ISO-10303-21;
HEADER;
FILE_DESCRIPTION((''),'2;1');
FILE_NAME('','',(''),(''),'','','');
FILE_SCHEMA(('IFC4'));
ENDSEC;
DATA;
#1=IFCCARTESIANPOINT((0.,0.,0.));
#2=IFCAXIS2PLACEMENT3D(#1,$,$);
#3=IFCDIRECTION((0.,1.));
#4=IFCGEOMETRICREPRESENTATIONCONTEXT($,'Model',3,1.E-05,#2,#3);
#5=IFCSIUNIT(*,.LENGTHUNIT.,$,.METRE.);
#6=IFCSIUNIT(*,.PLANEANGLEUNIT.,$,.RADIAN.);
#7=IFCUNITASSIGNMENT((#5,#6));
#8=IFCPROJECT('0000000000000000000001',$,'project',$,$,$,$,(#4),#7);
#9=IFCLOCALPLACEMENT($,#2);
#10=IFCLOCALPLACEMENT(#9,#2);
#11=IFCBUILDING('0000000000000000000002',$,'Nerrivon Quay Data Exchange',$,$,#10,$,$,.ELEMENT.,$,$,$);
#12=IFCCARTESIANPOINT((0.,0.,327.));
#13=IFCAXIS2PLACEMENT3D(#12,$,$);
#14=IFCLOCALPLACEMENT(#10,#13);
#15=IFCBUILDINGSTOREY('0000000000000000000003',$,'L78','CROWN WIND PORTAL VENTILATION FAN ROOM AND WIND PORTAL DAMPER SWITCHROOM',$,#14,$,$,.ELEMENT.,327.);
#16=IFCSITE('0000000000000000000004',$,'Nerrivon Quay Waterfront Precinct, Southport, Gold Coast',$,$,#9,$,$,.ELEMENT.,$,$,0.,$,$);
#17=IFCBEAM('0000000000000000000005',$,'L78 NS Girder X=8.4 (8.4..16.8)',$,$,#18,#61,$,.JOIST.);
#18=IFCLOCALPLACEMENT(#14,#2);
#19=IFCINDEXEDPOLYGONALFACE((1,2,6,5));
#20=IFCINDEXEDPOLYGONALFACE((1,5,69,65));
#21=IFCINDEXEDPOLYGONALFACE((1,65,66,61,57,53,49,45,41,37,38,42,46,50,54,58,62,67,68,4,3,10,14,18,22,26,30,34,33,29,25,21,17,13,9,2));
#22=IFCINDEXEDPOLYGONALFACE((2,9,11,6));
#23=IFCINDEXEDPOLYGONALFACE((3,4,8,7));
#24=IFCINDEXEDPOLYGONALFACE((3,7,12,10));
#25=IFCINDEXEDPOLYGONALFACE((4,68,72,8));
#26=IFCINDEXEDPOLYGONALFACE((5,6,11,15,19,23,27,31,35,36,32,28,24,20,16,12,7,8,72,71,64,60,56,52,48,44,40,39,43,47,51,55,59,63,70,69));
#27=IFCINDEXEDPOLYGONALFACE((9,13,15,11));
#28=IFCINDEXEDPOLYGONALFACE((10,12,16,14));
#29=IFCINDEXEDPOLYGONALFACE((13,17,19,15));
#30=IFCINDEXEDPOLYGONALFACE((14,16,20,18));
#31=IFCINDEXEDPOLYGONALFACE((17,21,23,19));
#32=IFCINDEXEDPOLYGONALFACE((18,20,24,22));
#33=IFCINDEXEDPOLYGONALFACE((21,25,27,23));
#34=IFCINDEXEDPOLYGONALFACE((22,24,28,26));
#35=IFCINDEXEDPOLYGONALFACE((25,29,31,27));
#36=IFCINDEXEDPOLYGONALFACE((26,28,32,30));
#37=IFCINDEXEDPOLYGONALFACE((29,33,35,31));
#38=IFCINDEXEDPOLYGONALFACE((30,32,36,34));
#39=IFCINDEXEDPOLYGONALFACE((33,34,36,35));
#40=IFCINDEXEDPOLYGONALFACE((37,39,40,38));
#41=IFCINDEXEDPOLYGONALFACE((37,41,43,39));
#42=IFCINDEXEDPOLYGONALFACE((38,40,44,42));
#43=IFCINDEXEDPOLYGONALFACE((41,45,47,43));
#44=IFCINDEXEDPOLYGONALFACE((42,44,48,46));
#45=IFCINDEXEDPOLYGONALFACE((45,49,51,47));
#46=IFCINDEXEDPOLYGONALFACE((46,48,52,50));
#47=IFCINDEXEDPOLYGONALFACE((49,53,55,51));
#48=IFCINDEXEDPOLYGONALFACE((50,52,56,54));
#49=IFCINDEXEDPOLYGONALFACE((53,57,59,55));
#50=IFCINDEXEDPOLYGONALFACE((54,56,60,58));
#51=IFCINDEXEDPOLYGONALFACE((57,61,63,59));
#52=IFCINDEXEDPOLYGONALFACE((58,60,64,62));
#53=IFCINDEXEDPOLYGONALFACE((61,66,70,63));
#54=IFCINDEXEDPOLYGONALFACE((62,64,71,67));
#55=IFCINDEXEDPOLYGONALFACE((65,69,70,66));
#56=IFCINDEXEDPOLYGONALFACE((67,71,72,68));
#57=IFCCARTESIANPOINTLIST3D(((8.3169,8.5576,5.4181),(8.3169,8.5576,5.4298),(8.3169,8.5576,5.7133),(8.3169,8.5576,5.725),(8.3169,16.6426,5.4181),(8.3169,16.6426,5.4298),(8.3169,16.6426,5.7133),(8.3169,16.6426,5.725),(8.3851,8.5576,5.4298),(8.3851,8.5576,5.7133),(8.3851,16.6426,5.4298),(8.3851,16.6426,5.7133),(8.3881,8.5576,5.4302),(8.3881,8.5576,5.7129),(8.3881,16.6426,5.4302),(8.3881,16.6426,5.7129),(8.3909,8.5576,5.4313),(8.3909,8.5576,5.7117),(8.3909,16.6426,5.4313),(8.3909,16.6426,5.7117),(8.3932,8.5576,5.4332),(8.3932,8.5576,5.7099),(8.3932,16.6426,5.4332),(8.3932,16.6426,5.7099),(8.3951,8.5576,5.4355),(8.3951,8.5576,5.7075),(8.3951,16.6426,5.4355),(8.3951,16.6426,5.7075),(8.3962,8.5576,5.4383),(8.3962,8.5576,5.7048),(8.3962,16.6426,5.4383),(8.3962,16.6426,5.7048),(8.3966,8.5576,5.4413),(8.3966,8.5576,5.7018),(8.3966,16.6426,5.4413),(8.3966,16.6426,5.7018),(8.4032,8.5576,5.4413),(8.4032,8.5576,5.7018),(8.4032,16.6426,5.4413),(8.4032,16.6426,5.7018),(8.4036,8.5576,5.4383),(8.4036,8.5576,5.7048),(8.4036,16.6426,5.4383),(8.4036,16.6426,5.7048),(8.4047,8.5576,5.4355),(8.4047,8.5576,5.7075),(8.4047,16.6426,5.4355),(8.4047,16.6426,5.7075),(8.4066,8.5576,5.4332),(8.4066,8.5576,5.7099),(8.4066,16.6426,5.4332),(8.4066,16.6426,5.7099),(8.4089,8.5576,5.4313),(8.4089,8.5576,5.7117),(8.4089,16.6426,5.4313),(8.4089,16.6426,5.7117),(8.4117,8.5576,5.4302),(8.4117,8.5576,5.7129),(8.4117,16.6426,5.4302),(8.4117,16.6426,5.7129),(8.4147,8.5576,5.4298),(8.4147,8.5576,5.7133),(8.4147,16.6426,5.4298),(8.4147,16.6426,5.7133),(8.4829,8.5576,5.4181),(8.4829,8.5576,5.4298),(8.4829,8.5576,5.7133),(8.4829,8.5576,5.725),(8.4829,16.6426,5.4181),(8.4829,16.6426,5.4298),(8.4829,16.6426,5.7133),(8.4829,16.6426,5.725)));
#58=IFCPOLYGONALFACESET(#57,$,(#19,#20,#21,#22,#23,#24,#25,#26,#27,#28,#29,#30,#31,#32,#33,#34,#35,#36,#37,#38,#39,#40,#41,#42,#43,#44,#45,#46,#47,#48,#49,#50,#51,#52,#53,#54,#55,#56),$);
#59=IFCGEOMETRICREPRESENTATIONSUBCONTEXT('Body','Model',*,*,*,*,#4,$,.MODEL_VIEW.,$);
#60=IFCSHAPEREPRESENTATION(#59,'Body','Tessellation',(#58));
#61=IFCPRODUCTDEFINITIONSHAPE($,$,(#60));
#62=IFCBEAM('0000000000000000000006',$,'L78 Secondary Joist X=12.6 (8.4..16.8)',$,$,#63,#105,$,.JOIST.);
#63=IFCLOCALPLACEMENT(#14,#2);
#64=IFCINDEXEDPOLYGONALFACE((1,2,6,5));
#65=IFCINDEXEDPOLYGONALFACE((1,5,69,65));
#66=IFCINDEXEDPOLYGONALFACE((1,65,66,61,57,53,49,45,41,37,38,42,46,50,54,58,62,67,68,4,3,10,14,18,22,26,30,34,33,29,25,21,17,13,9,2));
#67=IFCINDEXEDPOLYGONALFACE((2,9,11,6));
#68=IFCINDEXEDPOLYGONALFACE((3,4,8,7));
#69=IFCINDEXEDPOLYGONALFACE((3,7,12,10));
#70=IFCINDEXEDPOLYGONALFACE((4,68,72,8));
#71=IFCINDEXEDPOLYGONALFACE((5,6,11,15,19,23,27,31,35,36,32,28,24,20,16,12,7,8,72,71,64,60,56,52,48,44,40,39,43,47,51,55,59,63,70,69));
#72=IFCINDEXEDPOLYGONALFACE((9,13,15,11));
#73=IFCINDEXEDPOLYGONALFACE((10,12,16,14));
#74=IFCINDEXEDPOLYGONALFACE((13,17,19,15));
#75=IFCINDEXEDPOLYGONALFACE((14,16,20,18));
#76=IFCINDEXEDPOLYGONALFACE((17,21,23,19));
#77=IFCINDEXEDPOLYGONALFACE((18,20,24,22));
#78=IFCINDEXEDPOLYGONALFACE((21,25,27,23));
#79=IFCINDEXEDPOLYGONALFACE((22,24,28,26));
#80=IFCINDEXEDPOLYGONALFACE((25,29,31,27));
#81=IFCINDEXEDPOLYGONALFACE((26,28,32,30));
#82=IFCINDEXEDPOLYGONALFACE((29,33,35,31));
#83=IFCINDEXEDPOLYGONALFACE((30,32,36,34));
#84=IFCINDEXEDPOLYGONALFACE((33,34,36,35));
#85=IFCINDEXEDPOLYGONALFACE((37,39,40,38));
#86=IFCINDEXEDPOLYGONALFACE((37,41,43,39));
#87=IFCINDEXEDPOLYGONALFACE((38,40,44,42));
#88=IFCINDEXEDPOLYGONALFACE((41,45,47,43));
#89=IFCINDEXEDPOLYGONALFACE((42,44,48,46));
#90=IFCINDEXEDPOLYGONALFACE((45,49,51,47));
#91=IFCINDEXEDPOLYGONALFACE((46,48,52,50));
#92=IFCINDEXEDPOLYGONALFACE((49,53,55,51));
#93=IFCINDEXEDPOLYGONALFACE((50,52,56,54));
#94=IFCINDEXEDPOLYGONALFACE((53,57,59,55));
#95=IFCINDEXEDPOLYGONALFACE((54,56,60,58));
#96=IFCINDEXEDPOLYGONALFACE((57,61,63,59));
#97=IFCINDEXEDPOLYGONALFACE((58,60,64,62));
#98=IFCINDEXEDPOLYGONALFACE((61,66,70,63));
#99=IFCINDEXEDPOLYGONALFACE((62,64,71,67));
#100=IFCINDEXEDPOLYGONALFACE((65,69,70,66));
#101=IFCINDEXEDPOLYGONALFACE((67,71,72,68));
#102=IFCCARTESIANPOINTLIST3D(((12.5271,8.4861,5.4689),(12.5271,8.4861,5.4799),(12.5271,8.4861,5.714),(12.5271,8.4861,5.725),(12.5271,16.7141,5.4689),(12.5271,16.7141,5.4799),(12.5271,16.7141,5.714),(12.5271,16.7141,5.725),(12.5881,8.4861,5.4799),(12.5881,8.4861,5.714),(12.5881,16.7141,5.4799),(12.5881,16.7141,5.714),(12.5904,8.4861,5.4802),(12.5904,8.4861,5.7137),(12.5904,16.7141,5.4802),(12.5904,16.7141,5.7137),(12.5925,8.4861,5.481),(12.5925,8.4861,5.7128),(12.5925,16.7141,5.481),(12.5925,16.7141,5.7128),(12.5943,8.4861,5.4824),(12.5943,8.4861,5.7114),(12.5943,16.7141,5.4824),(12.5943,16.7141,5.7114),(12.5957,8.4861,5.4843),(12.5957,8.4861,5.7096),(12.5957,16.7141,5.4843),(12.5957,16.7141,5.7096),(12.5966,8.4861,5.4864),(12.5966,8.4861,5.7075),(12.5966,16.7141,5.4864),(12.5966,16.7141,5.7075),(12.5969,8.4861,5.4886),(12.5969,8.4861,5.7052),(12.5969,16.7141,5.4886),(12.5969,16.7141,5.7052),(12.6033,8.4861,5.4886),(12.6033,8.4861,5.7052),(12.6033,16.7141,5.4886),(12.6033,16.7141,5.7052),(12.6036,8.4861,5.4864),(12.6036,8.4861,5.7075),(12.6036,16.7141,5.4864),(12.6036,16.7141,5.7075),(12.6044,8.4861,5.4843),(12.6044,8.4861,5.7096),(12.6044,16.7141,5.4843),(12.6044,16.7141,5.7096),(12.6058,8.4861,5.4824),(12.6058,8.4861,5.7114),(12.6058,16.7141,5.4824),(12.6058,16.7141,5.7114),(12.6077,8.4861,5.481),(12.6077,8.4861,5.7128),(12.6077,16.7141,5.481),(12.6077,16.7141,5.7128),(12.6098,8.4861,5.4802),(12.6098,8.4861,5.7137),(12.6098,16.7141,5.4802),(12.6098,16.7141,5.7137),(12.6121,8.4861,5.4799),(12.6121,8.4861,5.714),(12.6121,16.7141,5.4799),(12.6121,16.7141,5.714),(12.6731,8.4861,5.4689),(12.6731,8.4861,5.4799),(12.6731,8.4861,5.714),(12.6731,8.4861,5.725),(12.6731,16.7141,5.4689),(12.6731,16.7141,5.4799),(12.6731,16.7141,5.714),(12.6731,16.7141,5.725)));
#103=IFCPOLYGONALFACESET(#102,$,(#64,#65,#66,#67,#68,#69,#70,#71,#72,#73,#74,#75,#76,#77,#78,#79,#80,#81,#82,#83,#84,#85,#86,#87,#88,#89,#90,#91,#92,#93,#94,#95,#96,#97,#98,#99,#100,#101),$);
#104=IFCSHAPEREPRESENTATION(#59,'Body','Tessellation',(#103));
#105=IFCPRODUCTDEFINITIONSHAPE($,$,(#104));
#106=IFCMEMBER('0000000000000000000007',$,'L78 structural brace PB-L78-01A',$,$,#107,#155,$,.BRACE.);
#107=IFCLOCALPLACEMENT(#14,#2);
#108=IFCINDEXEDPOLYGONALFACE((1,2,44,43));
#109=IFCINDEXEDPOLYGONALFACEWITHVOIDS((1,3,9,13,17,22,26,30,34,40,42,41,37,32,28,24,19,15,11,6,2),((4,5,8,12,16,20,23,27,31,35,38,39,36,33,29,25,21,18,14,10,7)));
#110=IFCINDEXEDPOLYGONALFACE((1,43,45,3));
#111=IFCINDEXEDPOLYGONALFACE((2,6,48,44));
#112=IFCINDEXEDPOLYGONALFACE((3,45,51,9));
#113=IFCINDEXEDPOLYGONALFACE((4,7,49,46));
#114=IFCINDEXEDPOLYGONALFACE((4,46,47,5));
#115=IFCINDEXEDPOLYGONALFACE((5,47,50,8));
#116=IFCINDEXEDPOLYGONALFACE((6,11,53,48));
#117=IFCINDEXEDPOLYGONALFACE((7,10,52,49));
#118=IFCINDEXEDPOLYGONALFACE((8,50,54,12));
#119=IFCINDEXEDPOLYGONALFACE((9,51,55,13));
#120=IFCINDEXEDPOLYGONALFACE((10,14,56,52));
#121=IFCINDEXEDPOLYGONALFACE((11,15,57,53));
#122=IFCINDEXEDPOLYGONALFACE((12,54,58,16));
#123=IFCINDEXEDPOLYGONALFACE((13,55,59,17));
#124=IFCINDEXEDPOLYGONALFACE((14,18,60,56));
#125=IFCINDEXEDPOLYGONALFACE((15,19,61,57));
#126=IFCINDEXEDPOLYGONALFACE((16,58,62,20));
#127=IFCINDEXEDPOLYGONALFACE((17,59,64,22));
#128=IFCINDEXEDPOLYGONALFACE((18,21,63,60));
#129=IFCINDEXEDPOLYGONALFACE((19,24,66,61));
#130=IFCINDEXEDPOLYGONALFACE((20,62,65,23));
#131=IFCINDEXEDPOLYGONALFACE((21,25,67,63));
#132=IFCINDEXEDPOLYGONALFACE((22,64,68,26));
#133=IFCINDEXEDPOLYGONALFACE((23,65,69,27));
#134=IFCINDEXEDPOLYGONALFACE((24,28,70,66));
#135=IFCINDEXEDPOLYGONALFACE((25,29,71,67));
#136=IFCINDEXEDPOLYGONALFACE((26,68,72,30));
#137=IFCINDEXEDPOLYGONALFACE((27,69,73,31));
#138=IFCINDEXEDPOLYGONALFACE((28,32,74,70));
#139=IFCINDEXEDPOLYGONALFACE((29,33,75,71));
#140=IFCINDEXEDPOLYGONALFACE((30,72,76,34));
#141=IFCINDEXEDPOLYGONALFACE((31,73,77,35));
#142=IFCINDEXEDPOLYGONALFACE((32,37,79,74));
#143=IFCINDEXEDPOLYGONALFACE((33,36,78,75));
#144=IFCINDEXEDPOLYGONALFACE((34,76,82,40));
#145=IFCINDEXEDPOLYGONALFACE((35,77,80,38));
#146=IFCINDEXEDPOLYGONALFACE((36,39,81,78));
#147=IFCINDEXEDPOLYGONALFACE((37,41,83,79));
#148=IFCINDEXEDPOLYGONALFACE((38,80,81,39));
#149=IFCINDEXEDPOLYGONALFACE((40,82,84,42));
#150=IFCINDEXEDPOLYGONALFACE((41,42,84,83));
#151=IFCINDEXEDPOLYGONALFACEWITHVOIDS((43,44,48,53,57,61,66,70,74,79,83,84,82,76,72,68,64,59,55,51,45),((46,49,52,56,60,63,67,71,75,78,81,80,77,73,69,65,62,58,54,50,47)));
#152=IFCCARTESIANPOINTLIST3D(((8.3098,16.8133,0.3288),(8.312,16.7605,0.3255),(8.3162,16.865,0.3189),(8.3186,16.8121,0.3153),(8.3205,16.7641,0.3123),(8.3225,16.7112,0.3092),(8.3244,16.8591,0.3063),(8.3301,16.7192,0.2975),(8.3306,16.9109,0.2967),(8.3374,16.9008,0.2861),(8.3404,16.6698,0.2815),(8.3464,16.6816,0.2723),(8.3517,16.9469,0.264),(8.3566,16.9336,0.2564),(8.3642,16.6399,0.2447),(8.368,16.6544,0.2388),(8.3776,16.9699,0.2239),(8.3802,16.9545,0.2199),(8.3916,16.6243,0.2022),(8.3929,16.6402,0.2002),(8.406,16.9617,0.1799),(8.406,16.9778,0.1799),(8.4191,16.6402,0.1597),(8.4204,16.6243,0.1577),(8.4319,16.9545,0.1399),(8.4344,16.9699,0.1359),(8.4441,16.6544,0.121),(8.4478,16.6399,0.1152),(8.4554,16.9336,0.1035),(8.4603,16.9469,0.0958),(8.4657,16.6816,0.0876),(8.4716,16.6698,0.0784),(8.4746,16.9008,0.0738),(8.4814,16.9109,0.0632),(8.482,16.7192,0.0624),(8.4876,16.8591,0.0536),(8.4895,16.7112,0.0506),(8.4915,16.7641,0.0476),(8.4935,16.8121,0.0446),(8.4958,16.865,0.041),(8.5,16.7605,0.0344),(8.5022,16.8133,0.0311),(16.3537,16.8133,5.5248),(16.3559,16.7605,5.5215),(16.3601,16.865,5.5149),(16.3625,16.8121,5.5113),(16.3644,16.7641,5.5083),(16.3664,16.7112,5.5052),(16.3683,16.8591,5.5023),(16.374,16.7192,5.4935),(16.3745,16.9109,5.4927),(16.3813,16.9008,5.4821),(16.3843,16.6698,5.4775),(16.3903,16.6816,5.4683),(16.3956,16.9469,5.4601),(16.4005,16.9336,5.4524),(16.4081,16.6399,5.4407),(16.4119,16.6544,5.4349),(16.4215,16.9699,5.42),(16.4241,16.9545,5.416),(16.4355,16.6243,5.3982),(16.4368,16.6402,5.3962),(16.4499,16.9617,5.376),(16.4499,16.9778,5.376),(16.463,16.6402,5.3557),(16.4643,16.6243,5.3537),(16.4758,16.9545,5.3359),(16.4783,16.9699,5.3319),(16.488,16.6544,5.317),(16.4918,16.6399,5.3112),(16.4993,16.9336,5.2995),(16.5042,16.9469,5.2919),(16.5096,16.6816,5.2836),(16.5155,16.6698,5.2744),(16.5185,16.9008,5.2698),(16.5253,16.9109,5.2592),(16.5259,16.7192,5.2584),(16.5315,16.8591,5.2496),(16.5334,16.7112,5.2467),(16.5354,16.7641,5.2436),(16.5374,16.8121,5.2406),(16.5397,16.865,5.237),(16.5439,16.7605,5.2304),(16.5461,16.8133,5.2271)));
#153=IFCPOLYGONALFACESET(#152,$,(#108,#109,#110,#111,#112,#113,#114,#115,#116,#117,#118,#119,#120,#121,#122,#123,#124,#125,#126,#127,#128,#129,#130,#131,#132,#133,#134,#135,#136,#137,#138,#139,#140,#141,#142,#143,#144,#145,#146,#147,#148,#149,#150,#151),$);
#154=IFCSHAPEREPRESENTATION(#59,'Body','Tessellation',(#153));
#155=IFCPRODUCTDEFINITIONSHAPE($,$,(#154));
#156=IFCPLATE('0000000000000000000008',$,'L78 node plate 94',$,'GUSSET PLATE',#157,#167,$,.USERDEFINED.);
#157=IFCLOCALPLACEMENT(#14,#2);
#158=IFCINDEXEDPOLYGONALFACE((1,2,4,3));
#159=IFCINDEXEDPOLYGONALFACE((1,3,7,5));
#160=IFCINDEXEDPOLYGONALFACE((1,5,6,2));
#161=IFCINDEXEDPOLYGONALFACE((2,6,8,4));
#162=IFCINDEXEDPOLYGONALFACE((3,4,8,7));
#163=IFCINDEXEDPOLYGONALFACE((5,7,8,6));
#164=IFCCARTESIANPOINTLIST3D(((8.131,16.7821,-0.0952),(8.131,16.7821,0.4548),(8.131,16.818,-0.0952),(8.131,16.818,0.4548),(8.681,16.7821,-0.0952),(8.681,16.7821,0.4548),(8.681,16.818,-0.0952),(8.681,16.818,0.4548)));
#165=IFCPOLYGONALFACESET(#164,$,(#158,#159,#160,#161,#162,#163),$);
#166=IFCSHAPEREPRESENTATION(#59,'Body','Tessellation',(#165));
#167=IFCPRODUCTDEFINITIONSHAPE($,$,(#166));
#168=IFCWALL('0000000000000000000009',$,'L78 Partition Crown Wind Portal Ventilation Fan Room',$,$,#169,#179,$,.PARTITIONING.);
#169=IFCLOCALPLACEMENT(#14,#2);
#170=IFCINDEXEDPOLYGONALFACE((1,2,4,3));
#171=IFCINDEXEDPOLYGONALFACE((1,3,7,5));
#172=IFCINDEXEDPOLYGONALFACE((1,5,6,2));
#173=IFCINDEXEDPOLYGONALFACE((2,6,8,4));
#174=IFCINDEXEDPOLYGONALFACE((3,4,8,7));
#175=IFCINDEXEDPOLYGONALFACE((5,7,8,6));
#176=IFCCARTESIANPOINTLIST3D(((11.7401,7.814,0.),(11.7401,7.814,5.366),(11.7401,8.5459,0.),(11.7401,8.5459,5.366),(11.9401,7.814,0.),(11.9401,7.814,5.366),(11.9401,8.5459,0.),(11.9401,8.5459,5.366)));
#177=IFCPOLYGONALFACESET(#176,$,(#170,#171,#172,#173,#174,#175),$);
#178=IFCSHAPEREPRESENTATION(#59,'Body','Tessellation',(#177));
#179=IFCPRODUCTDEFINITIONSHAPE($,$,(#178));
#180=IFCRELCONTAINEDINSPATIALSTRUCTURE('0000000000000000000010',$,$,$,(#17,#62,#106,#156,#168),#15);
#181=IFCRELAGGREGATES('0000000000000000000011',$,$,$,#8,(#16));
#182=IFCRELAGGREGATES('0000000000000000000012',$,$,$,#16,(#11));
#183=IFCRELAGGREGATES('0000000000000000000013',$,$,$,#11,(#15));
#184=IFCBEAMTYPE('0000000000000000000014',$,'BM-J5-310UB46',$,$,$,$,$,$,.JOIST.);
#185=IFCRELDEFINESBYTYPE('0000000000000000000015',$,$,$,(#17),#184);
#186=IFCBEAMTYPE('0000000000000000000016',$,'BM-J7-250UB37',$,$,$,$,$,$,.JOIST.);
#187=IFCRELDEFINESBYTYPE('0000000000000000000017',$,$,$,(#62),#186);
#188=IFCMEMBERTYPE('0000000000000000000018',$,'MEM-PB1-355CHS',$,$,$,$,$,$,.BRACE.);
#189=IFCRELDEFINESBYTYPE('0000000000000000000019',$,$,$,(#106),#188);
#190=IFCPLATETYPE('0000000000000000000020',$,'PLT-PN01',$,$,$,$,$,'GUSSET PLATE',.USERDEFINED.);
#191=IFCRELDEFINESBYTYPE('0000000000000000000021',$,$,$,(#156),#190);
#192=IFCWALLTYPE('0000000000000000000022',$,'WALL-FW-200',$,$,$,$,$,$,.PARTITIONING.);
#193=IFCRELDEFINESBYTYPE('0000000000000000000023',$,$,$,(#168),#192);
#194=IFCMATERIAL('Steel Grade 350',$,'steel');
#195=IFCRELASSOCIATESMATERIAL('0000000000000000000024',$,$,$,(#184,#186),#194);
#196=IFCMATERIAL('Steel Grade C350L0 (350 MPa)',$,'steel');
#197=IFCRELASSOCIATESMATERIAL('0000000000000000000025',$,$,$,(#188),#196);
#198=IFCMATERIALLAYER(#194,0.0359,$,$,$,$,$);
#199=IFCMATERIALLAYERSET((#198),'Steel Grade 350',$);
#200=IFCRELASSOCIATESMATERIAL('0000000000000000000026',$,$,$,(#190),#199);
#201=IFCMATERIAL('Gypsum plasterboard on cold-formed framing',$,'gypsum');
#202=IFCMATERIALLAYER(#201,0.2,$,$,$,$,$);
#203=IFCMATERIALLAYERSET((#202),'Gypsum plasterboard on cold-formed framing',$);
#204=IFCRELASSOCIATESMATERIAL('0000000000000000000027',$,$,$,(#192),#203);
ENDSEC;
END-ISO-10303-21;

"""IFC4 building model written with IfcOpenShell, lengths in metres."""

from ifc_helpers import new_model, si_unit, direction, frame, frame_2d, origin, origin_2d, place, context, subcontext, project, spatial, rectangle, hollow_circle, i_section, extrude, material, layer, layer_set, material_profile, profile_set, type_object, element, save


model = new_model("IFC4")

# Units and contexts
model_context = context("Model", 3, precision=1e-05, world=origin(), true_north=direction((0.0, 1.0)))
body_context = subcontext(model_context, "Body", "Model", "MODEL_VIEW")
ifc_project = project(units=[si_unit("LENGTHUNIT", "METRE"), si_unit("PLANEANGLEUNIT", "RADIAN")], contexts=[model_context])

# Site, building, storey
site_placement = place(None, origin())
site = spatial("IfcSite", under=ifc_project, at=site_placement, Name="Nerrivon Quay Waterfront Precinct, Southport, Gold Coast", CompositionType="ELEMENT", RefElevation=0.0)
building_placement = place(site_placement, origin())
building = spatial("IfcBuilding", under=site, at=building_placement, Name="Nerrivon Quay Data Exchange", CompositionType="ELEMENT")
storey_placement = place(building_placement, frame((0.0, 0.0, 327.0)))
storey = spatial("IfcBuildingStorey", under=building, at=storey_placement, Name="L78", Description="CROWN WIND PORTAL VENTILATION FAN ROOM AND WIND PORTAL DAMPER SWITCHROOM", CompositionType="ELEMENT", Elevation=327.0)

# Shared definitions
ifc_material_1 = material(Name="Steel Grade 350", Category="steel")

# Beams
ifc_material_profile_1 = material_profile(ifc_material_1, i_section(OverallWidth=0.166, OverallDepth=0.3069, WebThickness=0.0066, FlangeThickness=0.0117, FilletRadius=0.0115, at=origin_2d()), Name="310UB46.2")
ifc_profile_set_1 = profile_set([ifc_material_profile_1], Name="Steel Grade 350")
beam_type_1 = type_object("IfcBeamType", Name="BM-J5-310UB46", PredefinedType="JOIST", material=ifc_profile_set_1)
beam_1_placement = place(storey_placement, frame((8.3999, 8.5576, 5.5715), z_axis=(0.0, 1.0, 0.0), x_axis=(-1.0, 0.0, 0.0)))
element("IfcBeam", 1, at=beam_1_placement, inside=storey, type_object=beam_type_1, Name="L78 NS Girder X=8.4 (8.4..16.8)", PredefinedType="JOIST", context=body_context, shape_type="SweptSolid", body=[
    extrude(i_section(OverallWidth=0.166, OverallDepth=0.3069, WebThickness=0.0066, FlangeThickness=0.0117, FilletRadius=0.0115, at=origin_2d()), origin(), (0.0, 0.0, 1.0), 8.085),
])
ifc_material_profile_2 = material_profile(ifc_material_1, i_section(OverallWidth=0.146, OverallDepth=0.2561, WebThickness=0.0063, FlangeThickness=0.011, FilletRadius=0.0088, at=origin_2d()), Name="250UB37.3")
ifc_profile_set_2 = profile_set([ifc_material_profile_2], Name="Steel Grade 350")
beam_type_2 = type_object("IfcBeamType", Name="BM-J7-250UB37", PredefinedType="JOIST", material=ifc_profile_set_2)
beam_2_placement = place(storey_placement, frame((12.6001, 8.4861, 5.5969), z_axis=(0.0, 1.0, 0.0), x_axis=(-1.0, 0.0, 0.0)))
element("IfcBeam", 2, at=beam_2_placement, inside=storey, type_object=beam_type_2, Name="L78 Secondary Joist X=12.6 (8.4..16.8)", PredefinedType="JOIST", context=body_context, shape_type="SweptSolid", body=[
    extrude(i_section(OverallWidth=0.146, OverallDepth=0.2561, WebThickness=0.0063, FlangeThickness=0.011, FilletRadius=0.0088, at=origin_2d()), origin(), (0.0, 0.0, 1.0), 8.228),
])

# Member
ifc_material_2 = material(Name="Steel Grade C350L0 (350 MPa)", Category="steel")
ifc_material_profile_3 = material_profile(ifc_material_2, hollow_circle(Radius=0.1777, WallThickness=0.0161, at=origin_2d()), Name="355.6x16.0CHS")
ifc_profile_set_3 = profile_set([ifc_material_profile_3], Name="Steel Grade C350L0 (350 MPa)")
member_type = type_object("IfcMemberType", Name="MEM-PB1-355CHS", PredefinedType="BRACE", material=ifc_profile_set_3)
member_placement = place(storey_placement, frame((8.406, 16.8, 0.1799), z_axis=(0.839992, 0.0, 0.542599), x_axis=(0.0, 1.0, 0.0)))
element("IfcMember", 3, at=member_placement, inside=storey, type_object=member_type, Name="L78 structural brace PB-L78-01A", PredefinedType="BRACE", context=body_context, shape_type="SweptSolid", body=[
    extrude(hollow_circle(Radius=0.1777, WallThickness=0.0161, at=origin_2d()), origin(), (0.0, 0.0, 1.0), 9.5762),
])

# Plate
ifc_layer_1 = layer(ifc_material_1, 0.0359)
ifc_layer_set_1 = layer_set([ifc_layer_1], Name="Steel Grade 350")
plate_type = type_object("IfcPlateType", Name="PLT-PN01", ElementType="GUSSET PLATE", PredefinedType="USERDEFINED", material=ifc_layer_set_1)
plate_placement = place(storey_placement, frame((8.406, 16.8, -0.0952), z_axis=(0.0, 0.0, 1.0), x_axis=(1.0, 0.0, 0.0)))
element("IfcPlate", 4, at=plate_placement, inside=storey, type_object=plate_type, Name="L78 node plate 94", ObjectType="GUSSET PLATE", PredefinedType="USERDEFINED", context=body_context, shape_type="SweptSolid", body=[
    extrude(rectangle(XDim=0.55, YDim=0.0359, at=origin_2d()), origin(), (0.0, 0.0, 1.0), 0.55),
])

# Wall
ifc_material_3 = material(Name="Gypsum plasterboard on cold-formed framing", Category="gypsum")
ifc_layer_2 = layer(ifc_material_3, 0.2)
ifc_layer_set_2 = layer_set([ifc_layer_2], Name="Gypsum plasterboard on cold-formed framing")
wall_type_1 = type_object("IfcWallType", Name="WALL-FW-200", PredefinedType="PARTITIONING", material=ifc_layer_set_2)
wall_1_placement = place(storey_placement, frame((11.8401, 7.814, 0.0), z_axis=(0.0, 0.0, 1.0), x_axis=(0.0, 1.0, 0.0)))
element("IfcWall", 5, at=wall_1_placement, inside=storey, type_object=wall_type_1, Name="L78 Partition Crown Wind Portal Ventilation Fan Room", PredefinedType="PARTITIONING", context=body_context, shape_type="SweptSolid", body=[
    extrude(rectangle(XDim=0.7319, YDim=0.2, at=frame_2d((0.366, 0.0))), origin(), (0.0, 0.0, 1.0), 5.366),
])

save(model, "model.ifc")
